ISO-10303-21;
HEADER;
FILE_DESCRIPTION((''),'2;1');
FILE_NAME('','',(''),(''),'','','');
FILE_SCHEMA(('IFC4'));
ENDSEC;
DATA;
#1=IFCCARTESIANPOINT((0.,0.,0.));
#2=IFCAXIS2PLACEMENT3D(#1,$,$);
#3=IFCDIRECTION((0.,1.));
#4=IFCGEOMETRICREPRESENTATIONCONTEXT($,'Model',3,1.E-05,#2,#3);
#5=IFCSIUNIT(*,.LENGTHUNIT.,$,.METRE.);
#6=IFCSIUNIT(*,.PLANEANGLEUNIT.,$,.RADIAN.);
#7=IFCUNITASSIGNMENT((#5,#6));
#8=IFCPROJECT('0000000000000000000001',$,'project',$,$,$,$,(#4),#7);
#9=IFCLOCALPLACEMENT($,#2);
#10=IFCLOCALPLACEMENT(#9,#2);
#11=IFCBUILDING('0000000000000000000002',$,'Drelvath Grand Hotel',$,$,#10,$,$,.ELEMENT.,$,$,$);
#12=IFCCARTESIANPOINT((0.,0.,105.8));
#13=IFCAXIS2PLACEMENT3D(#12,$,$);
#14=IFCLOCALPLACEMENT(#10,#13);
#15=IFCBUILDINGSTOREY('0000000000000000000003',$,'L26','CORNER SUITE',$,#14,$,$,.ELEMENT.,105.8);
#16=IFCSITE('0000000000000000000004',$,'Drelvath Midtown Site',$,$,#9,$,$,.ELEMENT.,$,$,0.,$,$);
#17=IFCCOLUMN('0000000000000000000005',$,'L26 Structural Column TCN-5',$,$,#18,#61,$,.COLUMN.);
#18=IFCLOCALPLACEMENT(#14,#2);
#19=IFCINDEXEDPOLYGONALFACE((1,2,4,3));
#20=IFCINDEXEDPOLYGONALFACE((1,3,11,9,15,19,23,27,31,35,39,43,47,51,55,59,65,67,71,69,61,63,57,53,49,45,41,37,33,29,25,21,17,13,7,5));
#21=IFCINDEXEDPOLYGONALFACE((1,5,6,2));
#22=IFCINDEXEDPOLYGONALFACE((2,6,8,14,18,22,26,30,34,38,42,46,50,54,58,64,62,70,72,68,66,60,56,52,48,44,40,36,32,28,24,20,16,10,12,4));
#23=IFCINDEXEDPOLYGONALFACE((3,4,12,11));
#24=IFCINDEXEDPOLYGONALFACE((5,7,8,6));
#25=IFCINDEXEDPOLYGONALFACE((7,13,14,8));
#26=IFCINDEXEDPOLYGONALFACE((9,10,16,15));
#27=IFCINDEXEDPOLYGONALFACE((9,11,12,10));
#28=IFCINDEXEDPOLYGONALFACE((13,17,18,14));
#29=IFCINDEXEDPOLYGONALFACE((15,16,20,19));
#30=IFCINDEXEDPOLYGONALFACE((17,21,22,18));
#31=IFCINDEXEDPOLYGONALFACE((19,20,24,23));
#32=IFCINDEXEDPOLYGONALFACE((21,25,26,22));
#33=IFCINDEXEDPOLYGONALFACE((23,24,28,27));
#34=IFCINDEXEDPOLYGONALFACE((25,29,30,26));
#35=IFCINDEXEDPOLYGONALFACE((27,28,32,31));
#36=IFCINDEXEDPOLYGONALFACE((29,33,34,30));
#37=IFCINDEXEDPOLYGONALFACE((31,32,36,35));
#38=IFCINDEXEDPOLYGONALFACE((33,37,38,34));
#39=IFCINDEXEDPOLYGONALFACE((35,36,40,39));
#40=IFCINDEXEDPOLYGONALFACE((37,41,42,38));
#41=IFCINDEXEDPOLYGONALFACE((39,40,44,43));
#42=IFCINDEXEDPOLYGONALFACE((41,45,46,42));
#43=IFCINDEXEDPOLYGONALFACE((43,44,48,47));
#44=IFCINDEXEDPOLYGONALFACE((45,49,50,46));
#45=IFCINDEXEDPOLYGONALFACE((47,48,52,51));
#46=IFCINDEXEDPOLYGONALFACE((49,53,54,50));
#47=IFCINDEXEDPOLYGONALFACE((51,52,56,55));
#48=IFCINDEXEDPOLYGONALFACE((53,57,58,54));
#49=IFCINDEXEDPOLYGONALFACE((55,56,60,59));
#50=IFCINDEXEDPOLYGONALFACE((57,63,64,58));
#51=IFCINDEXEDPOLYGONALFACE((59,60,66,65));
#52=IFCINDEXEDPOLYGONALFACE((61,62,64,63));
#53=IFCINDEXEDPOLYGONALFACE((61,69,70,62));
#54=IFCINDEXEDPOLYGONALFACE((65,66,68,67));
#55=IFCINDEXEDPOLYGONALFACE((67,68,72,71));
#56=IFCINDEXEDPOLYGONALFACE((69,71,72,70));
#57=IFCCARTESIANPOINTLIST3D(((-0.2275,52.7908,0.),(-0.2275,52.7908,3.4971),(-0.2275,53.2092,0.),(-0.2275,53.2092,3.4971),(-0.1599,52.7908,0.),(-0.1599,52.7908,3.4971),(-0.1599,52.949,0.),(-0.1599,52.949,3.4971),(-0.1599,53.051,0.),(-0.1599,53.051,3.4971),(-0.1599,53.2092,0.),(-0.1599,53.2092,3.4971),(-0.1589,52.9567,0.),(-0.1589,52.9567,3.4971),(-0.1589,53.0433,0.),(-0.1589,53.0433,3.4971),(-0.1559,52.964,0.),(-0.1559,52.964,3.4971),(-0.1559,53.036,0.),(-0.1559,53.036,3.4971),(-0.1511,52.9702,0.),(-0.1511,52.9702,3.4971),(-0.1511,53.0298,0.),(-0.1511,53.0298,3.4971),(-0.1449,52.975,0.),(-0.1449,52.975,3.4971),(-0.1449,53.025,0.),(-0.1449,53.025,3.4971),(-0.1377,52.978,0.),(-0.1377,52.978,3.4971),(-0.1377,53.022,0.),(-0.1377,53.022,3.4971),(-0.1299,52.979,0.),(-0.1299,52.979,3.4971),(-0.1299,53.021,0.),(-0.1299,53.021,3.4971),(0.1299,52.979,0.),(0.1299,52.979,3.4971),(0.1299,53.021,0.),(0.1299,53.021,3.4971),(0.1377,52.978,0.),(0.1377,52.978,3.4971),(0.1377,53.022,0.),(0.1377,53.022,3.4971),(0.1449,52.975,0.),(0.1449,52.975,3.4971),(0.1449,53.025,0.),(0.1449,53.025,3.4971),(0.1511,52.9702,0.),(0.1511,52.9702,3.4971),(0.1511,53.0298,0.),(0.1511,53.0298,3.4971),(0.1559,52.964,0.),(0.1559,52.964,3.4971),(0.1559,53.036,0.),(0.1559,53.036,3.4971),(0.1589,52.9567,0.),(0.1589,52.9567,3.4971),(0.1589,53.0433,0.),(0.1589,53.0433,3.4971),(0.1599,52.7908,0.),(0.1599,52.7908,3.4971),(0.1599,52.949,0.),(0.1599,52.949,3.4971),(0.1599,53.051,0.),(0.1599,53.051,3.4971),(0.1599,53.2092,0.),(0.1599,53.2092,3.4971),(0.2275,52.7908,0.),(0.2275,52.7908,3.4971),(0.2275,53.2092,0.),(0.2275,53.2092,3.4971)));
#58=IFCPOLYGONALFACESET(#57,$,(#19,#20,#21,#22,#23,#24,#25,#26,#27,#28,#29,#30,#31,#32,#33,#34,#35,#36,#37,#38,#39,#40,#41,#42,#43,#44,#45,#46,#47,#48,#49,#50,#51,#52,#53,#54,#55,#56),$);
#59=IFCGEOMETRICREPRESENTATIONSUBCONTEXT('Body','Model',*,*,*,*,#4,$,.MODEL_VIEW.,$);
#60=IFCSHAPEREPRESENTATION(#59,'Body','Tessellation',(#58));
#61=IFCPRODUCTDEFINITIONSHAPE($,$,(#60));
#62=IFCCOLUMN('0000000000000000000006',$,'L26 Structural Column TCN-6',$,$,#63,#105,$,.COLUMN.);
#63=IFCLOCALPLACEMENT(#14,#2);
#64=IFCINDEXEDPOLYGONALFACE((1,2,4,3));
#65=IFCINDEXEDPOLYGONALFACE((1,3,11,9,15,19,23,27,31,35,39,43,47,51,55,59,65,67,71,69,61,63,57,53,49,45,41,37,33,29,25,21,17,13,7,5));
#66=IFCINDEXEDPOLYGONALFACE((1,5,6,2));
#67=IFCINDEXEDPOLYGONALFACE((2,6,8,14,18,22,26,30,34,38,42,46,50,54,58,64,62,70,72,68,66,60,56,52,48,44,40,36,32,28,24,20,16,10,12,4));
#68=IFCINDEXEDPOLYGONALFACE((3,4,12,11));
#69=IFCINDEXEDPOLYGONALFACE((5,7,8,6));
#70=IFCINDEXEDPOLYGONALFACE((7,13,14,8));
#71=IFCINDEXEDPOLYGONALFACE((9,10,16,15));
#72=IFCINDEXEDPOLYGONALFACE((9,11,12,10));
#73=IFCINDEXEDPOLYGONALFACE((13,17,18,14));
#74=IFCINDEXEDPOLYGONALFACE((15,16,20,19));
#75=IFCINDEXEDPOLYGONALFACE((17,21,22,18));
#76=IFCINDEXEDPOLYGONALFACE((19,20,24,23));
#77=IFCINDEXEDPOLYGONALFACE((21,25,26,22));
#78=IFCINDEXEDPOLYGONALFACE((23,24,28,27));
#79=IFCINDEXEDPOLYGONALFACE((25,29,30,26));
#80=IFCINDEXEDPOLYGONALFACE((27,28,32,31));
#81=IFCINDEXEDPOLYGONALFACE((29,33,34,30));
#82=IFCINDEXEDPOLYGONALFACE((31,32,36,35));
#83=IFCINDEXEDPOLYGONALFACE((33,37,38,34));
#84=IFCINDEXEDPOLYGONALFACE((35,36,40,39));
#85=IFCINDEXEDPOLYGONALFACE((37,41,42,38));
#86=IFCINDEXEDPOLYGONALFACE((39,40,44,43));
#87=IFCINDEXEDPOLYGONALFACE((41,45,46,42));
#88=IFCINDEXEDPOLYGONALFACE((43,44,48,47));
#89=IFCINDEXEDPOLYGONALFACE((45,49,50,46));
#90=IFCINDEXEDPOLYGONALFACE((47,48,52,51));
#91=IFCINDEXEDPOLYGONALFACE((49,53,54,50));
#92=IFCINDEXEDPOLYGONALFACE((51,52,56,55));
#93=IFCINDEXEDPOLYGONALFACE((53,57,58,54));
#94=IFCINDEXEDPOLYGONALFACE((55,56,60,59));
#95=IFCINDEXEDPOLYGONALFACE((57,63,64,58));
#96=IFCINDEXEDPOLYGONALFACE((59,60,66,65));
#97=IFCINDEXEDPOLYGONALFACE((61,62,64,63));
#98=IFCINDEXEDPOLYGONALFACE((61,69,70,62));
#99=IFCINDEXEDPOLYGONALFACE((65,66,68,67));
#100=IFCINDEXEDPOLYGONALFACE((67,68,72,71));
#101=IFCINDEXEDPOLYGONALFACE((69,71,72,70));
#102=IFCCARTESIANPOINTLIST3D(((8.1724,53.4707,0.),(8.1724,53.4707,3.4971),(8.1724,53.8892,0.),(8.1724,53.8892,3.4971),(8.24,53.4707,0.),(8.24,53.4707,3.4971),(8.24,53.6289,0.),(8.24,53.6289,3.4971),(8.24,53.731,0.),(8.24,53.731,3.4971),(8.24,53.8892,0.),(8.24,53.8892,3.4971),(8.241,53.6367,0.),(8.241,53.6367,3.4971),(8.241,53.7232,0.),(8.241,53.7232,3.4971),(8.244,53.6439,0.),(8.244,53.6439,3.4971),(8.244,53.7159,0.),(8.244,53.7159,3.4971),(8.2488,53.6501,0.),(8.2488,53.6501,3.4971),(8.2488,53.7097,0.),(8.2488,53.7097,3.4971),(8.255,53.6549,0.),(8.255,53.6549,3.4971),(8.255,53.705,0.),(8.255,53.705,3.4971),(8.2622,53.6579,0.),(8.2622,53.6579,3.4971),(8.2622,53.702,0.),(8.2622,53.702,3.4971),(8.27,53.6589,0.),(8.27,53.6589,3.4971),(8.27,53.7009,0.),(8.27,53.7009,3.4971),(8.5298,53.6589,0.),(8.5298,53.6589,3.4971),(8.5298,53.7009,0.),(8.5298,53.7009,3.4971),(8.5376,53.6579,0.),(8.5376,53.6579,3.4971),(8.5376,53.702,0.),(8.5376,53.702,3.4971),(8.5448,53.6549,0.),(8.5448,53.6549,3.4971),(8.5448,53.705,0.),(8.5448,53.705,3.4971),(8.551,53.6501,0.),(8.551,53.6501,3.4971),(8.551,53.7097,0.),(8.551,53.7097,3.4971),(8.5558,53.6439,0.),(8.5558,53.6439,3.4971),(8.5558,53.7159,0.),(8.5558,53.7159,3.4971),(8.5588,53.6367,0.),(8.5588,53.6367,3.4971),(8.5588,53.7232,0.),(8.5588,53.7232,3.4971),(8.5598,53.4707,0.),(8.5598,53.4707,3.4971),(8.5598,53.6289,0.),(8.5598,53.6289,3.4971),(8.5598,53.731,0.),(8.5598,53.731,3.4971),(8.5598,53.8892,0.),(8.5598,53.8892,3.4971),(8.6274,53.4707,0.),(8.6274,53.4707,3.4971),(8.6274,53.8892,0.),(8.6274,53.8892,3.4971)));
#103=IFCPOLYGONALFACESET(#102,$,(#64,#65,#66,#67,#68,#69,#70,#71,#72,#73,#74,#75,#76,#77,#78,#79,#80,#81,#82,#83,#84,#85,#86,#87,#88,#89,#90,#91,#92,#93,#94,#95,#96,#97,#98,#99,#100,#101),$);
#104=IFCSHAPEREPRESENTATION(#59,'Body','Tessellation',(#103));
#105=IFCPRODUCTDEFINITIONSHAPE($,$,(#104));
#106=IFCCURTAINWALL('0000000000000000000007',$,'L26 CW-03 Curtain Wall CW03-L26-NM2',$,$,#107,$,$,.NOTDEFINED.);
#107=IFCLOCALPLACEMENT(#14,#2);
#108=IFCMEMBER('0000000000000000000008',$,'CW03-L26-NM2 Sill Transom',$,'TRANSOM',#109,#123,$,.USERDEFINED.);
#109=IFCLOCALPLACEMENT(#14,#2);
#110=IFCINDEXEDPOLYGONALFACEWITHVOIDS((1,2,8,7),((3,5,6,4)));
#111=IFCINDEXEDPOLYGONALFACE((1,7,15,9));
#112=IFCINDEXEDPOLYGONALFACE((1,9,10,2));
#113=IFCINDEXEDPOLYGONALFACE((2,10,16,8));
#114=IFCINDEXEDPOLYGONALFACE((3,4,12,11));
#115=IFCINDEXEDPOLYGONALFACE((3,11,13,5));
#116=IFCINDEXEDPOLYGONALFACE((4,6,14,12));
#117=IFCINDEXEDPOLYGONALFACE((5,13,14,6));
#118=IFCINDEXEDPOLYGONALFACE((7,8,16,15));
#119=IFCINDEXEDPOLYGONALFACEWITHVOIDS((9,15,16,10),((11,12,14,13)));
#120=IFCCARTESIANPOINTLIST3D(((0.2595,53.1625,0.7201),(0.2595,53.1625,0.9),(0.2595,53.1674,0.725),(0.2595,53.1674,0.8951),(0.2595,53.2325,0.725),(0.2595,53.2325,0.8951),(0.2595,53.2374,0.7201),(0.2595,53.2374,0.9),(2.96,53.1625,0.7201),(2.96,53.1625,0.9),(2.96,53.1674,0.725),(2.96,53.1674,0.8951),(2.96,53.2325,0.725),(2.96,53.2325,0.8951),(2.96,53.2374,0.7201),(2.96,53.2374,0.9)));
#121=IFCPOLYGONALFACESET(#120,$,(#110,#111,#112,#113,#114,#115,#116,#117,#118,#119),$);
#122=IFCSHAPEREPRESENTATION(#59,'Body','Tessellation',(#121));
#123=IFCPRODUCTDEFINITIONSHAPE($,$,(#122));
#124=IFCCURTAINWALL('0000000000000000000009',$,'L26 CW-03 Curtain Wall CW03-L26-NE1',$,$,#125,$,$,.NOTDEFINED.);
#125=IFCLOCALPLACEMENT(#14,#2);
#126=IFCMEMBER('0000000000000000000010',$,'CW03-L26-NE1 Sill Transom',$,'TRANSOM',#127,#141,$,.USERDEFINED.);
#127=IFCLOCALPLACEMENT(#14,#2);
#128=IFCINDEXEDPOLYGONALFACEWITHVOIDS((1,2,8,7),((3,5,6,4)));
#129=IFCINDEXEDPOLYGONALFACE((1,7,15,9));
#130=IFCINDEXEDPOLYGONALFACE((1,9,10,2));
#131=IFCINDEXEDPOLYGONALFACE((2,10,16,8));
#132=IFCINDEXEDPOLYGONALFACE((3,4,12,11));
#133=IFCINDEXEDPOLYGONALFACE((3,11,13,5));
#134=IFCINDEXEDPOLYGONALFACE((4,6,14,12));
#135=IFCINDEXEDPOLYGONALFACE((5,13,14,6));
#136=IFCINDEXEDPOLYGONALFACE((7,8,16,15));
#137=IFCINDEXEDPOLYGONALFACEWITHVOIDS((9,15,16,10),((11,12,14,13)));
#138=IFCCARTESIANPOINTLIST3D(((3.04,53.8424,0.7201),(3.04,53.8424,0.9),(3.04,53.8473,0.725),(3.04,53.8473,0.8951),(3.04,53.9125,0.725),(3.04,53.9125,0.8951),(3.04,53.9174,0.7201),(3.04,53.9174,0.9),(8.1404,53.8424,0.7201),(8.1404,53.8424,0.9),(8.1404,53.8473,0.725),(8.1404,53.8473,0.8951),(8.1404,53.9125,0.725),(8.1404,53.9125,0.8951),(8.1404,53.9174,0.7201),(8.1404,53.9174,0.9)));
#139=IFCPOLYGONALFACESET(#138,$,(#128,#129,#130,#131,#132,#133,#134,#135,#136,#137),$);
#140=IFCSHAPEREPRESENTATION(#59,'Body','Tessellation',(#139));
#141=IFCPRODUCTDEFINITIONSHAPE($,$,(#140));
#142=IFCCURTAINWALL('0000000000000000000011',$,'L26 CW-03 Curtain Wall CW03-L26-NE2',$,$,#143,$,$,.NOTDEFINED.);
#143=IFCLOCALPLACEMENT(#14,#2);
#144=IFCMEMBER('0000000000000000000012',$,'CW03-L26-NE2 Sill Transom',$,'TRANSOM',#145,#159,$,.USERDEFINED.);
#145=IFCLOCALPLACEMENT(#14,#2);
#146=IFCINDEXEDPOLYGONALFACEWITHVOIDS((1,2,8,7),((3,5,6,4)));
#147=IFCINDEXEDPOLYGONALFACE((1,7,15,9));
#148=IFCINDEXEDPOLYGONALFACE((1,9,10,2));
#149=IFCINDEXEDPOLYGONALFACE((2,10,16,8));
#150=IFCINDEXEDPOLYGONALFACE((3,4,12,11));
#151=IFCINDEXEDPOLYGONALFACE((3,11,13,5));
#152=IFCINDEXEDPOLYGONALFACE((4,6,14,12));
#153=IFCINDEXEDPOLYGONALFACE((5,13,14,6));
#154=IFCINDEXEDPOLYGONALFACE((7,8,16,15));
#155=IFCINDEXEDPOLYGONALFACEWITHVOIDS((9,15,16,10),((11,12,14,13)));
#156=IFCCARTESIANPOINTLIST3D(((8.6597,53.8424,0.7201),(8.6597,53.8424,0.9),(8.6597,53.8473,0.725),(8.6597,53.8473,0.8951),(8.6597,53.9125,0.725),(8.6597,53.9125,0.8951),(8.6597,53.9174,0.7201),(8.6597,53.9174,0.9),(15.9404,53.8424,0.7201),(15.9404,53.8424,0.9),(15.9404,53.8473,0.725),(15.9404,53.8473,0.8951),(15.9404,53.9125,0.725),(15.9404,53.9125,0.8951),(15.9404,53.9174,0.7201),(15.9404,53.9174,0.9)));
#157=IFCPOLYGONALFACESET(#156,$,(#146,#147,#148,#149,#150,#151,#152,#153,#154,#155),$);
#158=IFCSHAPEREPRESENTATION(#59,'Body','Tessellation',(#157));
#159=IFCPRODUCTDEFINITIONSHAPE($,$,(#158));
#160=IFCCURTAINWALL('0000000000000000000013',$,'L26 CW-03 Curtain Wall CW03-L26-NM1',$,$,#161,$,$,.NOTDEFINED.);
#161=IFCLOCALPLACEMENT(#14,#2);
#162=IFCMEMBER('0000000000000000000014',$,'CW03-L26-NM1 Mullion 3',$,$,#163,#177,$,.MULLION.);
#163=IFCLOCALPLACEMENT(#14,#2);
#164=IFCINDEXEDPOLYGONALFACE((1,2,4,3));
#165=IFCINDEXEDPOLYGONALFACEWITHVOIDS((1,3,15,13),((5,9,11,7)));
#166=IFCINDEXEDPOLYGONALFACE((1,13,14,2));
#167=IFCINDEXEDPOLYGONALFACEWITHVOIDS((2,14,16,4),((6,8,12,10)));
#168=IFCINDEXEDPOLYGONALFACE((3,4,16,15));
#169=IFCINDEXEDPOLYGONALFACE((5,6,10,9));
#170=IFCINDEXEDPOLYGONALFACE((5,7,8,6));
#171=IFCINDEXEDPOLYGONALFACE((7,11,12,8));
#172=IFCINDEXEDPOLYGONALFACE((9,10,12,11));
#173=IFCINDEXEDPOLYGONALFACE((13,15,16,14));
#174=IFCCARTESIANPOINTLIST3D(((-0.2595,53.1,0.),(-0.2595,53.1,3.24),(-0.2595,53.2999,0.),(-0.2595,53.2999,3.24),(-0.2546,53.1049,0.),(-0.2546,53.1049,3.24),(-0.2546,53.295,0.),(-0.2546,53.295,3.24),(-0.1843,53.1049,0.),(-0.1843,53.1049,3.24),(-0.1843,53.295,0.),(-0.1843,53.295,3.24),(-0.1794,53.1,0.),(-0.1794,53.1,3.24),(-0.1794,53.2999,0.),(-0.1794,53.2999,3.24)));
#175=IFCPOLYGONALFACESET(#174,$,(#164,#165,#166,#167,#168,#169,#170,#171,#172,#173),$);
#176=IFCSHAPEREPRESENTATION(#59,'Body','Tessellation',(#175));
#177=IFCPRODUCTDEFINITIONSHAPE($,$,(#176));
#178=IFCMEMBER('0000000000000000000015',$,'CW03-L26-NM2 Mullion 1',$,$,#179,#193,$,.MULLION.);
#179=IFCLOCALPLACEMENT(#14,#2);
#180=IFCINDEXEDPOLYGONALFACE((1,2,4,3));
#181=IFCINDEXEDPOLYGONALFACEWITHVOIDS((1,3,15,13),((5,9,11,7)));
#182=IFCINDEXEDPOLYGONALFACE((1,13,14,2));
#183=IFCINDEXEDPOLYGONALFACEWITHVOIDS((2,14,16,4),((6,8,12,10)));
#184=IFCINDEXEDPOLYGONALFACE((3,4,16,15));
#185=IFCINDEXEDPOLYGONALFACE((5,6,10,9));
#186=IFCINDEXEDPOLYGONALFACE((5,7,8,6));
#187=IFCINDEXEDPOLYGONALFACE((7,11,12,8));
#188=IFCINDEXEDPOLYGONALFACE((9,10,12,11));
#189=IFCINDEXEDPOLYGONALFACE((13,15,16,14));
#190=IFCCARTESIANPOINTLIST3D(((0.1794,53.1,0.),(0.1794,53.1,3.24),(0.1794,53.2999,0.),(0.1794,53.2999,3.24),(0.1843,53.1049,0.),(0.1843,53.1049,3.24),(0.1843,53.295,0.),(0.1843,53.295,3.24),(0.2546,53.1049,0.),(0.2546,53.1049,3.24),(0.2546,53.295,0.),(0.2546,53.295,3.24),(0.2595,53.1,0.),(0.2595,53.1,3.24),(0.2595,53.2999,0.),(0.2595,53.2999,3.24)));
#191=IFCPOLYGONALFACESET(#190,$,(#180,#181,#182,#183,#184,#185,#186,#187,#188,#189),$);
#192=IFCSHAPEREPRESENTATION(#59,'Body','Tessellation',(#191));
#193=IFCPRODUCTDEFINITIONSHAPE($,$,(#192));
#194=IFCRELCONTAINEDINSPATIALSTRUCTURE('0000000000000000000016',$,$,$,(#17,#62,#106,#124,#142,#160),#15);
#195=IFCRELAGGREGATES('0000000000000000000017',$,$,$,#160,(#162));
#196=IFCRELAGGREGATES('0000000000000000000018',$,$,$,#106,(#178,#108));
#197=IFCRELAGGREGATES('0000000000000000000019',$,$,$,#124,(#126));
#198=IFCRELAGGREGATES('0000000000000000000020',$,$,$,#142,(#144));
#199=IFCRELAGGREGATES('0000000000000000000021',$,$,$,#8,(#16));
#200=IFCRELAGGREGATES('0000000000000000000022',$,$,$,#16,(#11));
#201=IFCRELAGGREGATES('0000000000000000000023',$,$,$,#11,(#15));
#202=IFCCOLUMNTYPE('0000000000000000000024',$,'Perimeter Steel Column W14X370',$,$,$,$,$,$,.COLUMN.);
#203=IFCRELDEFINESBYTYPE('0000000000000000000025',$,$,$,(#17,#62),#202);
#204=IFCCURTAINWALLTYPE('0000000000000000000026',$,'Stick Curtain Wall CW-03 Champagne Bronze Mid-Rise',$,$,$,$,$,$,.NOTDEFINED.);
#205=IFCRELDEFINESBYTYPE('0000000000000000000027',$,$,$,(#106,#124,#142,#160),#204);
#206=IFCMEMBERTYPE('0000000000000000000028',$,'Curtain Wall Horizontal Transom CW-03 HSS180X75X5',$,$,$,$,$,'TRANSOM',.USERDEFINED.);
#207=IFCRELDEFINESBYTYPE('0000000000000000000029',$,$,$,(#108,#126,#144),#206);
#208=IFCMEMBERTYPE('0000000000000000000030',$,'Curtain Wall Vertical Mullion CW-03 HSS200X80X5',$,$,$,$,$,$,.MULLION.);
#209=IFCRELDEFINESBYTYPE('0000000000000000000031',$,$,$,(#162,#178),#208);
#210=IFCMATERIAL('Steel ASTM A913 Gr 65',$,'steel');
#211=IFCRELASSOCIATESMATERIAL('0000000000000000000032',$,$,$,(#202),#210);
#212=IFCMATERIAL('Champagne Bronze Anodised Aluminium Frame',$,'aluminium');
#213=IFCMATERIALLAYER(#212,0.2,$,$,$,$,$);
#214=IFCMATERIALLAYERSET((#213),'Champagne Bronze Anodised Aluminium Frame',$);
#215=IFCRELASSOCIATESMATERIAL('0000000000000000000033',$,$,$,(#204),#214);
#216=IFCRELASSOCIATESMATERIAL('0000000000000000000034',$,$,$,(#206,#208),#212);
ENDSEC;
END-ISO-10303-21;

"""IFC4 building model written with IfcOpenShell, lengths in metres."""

from ifc_helpers import new_model, si_unit, direction, frame, origin, origin_2d, place, context, subcontext, project, spatial, hollow_rectangle, i_section, extrude, material, layer, layer_set, material_profile, profile_set, type_object, element, aggregate, save


model = new_model("IFC4")

# Units and contexts
model_context = context("Model", 3, precision=1e-05, world=origin(), true_north=direction((0.0, 1.0)))
body_context = subcontext(model_context, "Body", "Model", "MODEL_VIEW")
ifc_project = project(units=[si_unit("LENGTHUNIT", "METRE"), si_unit("PLANEANGLEUNIT", "RADIAN")], contexts=[model_context])

# Site, building, storey
site_placement = place(None, origin())
site = spatial("IfcSite", under=ifc_project, at=site_placement, Name="Drelvath Midtown Site", CompositionType="ELEMENT", RefElevation=0.0)
building_placement = place(site_placement, origin())
building = spatial("IfcBuilding", under=site, at=building_placement, Name="Drelvath Grand Hotel", CompositionType="ELEMENT")
storey_placement = place(building_placement, frame((0.0, 0.0, 105.8)))
storey = spatial("IfcBuildingStorey", under=building, at=storey_placement, Name="L26", Description="CORNER SUITE", CompositionType="ELEMENT", Elevation=105.8)

# Columns
ifc_material_1 = material(Name="Steel ASTM A913 Gr 65", Category="steel")
ifc_material_profile_1 = material_profile(ifc_material_1, i_section(OverallWidth=0.4185, OverallDepth=0.4551, WebThickness=0.042, FlangeThickness=0.0676, FilletRadius=0.03, at=origin_2d()), Name="W14X370")
ifc_profile_set_1 = profile_set([ifc_material_profile_1], Name="Steel ASTM A913 Gr 65")
column_type = type_object("IfcColumnType", Name="Perimeter Steel Column W14X370", PredefinedType="COLUMN", material=ifc_profile_set_1)
for number, where, z_axis, x_axis, name in (
    (1, (0.0, 53.0, 0.0), (0.0, 0.0, 1.0), (0.0, 1.0, 0.0), "L26 Structural Column TCN-5"),
    (2, (8.3999, 53.6799, 0.0), (0.0, 0.0, 1.0), (0.0, 1.0, 0.0), "L26 Structural Column TCN-6"),
):
    element("IfcColumn", number, at=place(storey_placement, frame(where, z_axis=z_axis, x_axis=x_axis)), inside=storey, type_object=column_type, Name=name, PredefinedType="COLUMN", context=body_context, shape_type="SweptSolid", body=[
        extrude(i_section(OverallWidth=0.4185, OverallDepth=0.4551, WebThickness=0.042, FlangeThickness=0.0676, FilletRadius=0.03, at=origin_2d()), origin(), (0.0, 0.0, 1.0), 3.4971),
    ])

# Curtain walls, members
ifc_material_2 = material(Name="Champagne Bronze Anodised Aluminium Frame", Category="aluminium")
ifc_layer_1 = layer(ifc_material_2, 0.2)
ifc_layer_set_1 = layer_set([ifc_layer_1], Name="Champagne Bronze Anodised Aluminium Frame")
curtain_wall_type = type_object("IfcCurtainWallType", Name="Stick Curtain Wall CW-03 Champagne Bronze Mid-Rise", PredefinedType="NOTDEFINED", material=ifc_layer_set_1)
curtain_wall_1_placement = place(storey_placement, origin())
curtain_wall_1 = element("IfcCurtainWall", 3, at=curtain_wall_1_placement, inside=storey, type_object=curtain_wall_type, Name="L26 CW-03 Curtain Wall CW03-L26-NM2", PredefinedType="NOTDEFINED")
ifc_material_profile_2 = material_profile(ifc_material_2, hollow_rectangle(XDim=0.075, YDim=0.1799, WallThickness=0.0049, at=origin_2d()), Name="HSS180X75X5")
ifc_profile_set_2 = profile_set([ifc_material_profile_2], Name="Champagne Bronze Anodised Aluminium Frame")
member_type_1 = type_object("IfcMemberType", Name="Curtain Wall Horizontal Transom CW-03 HSS180X75X5", ElementType="TRANSOM", PredefinedType="USERDEFINED", material=ifc_profile_set_2)
member_1_placement = place(storey_placement, frame((0.2595, 53.2, 0.8101), z_axis=(1.0, 0.0, 0.0), x_axis=(0.0, 1.0, 0.0)))
member_1 = element("IfcMember", 4, at=member_1_placement, type_object=member_type_1, Name="CW03-L26-NM2 Sill Transom", ObjectType="TRANSOM", PredefinedType="USERDEFINED", context=body_context, shape_type="SweptSolid", body=[
    extrude(hollow_rectangle(XDim=0.075, YDim=0.1799, WallThickness=0.0049, at=origin_2d()), origin(), (0.0, 0.0, 1.0), 2.7004),
])
curtain_wall_2_placement = place(storey_placement, origin())
curtain_wall_2 = element("IfcCurtainWall", 5, at=curtain_wall_2_placement, inside=storey, type_object=curtain_wall_type, Name="L26 CW-03 Curtain Wall CW03-L26-NE1", PredefinedType="NOTDEFINED")
member_2_placement = place(storey_placement, frame((3.04, 53.8799, 0.8101), z_axis=(1.0, 0.0, 0.0), x_axis=(0.0, 1.0, 0.0)))
member_2 = element("IfcMember", 6, at=member_2_placement, type_object=member_type_1, Name="CW03-L26-NE1 Sill Transom", ObjectType="TRANSOM", PredefinedType="USERDEFINED", context=body_context, shape_type="SweptSolid", body=[
    extrude(hollow_rectangle(XDim=0.075, YDim=0.1799, WallThickness=0.0049, at=origin_2d()), origin(), (0.0, 0.0, 1.0), 5.1003),
])
curtain_wall_3_placement = place(storey_placement, origin())
curtain_wall_3 = element("IfcCurtainWall", 7, at=curtain_wall_3_placement, inside=storey, type_object=curtain_wall_type, Name="L26 CW-03 Curtain Wall CW03-L26-NE2", PredefinedType="NOTDEFINED")
member_3_placement = place(storey_placement, frame((8.6597, 53.8799, 0.8101), z_axis=(1.0, 0.0, 0.0), x_axis=(0.0, 1.0, 0.0)))
member_3 = element("IfcMember", 8, at=member_3_placement, type_object=member_type_1, Name="CW03-L26-NE2 Sill Transom", ObjectType="TRANSOM", PredefinedType="USERDEFINED", context=body_context, shape_type="SweptSolid", body=[
    extrude(hollow_rectangle(XDim=0.075, YDim=0.1799, WallThickness=0.0049, at=origin_2d()), origin(), (0.0, 0.0, 1.0), 7.2808),
])
curtain_wall_4_placement = place(storey_placement, origin())
curtain_wall_4 = element("IfcCurtainWall", 9, at=curtain_wall_4_placement, inside=storey, type_object=curtain_wall_type, Name="L26 CW-03 Curtain Wall CW03-L26-NM1", PredefinedType="NOTDEFINED")
ifc_material_profile_3 = material_profile(ifc_material_2, hollow_rectangle(XDim=0.0801, YDim=0.2, WallThickness=0.0049, at=origin_2d()), Name="HSS200X80X5")
ifc_profile_set_3 = profile_set([ifc_material_profile_3], Name="Champagne Bronze Anodised Aluminium Frame")
member_type_2 = type_object("IfcMemberType", Name="Curtain Wall Vertical Mullion CW-03 HSS200X80X5", PredefinedType="MULLION", material=ifc_profile_set_3)
member_4_placement = place(storey_placement, frame((-0.2195, 53.2, 0.0), z_axis=(0.0, 0.0, 1.0), x_axis=(1.0, 0.0, 0.0)))
member_4 = element("IfcMember", 10, at=member_4_placement, type_object=member_type_2, Name="CW03-L26-NM1 Mullion 3", PredefinedType="MULLION", context=body_context, shape_type="SweptSolid", body=[
    extrude(hollow_rectangle(XDim=0.0801, YDim=0.2, WallThickness=0.0049, at=origin_2d()), origin(), (0.0, 0.0, 1.0), 3.24),
])
aggregate(curtain_wall_4, [member_4])

# Member
member_5_placement = place(storey_placement, frame((0.2195, 53.2, 0.0), z_axis=(0.0, 0.0, 1.0), x_axis=(1.0, 0.0, 0.0)))
member_5 = element("IfcMember", 11, at=member_5_placement, type_object=member_type_2, Name="CW03-L26-NM2 Mullion 1", PredefinedType="MULLION", context=body_context, shape_type="SweptSolid", body=[
    extrude(hollow_rectangle(XDim=0.0801, YDim=0.2, WallThickness=0.0049, at=origin_2d()), origin(), (0.0, 0.0, 1.0), 3.24),
])

aggregate(curtain_wall_1, [member_5, member_1])
aggregate(curtain_wall_2, [member_2])
aggregate(curtain_wall_3, [member_3])

save(model, "model.ifc")
